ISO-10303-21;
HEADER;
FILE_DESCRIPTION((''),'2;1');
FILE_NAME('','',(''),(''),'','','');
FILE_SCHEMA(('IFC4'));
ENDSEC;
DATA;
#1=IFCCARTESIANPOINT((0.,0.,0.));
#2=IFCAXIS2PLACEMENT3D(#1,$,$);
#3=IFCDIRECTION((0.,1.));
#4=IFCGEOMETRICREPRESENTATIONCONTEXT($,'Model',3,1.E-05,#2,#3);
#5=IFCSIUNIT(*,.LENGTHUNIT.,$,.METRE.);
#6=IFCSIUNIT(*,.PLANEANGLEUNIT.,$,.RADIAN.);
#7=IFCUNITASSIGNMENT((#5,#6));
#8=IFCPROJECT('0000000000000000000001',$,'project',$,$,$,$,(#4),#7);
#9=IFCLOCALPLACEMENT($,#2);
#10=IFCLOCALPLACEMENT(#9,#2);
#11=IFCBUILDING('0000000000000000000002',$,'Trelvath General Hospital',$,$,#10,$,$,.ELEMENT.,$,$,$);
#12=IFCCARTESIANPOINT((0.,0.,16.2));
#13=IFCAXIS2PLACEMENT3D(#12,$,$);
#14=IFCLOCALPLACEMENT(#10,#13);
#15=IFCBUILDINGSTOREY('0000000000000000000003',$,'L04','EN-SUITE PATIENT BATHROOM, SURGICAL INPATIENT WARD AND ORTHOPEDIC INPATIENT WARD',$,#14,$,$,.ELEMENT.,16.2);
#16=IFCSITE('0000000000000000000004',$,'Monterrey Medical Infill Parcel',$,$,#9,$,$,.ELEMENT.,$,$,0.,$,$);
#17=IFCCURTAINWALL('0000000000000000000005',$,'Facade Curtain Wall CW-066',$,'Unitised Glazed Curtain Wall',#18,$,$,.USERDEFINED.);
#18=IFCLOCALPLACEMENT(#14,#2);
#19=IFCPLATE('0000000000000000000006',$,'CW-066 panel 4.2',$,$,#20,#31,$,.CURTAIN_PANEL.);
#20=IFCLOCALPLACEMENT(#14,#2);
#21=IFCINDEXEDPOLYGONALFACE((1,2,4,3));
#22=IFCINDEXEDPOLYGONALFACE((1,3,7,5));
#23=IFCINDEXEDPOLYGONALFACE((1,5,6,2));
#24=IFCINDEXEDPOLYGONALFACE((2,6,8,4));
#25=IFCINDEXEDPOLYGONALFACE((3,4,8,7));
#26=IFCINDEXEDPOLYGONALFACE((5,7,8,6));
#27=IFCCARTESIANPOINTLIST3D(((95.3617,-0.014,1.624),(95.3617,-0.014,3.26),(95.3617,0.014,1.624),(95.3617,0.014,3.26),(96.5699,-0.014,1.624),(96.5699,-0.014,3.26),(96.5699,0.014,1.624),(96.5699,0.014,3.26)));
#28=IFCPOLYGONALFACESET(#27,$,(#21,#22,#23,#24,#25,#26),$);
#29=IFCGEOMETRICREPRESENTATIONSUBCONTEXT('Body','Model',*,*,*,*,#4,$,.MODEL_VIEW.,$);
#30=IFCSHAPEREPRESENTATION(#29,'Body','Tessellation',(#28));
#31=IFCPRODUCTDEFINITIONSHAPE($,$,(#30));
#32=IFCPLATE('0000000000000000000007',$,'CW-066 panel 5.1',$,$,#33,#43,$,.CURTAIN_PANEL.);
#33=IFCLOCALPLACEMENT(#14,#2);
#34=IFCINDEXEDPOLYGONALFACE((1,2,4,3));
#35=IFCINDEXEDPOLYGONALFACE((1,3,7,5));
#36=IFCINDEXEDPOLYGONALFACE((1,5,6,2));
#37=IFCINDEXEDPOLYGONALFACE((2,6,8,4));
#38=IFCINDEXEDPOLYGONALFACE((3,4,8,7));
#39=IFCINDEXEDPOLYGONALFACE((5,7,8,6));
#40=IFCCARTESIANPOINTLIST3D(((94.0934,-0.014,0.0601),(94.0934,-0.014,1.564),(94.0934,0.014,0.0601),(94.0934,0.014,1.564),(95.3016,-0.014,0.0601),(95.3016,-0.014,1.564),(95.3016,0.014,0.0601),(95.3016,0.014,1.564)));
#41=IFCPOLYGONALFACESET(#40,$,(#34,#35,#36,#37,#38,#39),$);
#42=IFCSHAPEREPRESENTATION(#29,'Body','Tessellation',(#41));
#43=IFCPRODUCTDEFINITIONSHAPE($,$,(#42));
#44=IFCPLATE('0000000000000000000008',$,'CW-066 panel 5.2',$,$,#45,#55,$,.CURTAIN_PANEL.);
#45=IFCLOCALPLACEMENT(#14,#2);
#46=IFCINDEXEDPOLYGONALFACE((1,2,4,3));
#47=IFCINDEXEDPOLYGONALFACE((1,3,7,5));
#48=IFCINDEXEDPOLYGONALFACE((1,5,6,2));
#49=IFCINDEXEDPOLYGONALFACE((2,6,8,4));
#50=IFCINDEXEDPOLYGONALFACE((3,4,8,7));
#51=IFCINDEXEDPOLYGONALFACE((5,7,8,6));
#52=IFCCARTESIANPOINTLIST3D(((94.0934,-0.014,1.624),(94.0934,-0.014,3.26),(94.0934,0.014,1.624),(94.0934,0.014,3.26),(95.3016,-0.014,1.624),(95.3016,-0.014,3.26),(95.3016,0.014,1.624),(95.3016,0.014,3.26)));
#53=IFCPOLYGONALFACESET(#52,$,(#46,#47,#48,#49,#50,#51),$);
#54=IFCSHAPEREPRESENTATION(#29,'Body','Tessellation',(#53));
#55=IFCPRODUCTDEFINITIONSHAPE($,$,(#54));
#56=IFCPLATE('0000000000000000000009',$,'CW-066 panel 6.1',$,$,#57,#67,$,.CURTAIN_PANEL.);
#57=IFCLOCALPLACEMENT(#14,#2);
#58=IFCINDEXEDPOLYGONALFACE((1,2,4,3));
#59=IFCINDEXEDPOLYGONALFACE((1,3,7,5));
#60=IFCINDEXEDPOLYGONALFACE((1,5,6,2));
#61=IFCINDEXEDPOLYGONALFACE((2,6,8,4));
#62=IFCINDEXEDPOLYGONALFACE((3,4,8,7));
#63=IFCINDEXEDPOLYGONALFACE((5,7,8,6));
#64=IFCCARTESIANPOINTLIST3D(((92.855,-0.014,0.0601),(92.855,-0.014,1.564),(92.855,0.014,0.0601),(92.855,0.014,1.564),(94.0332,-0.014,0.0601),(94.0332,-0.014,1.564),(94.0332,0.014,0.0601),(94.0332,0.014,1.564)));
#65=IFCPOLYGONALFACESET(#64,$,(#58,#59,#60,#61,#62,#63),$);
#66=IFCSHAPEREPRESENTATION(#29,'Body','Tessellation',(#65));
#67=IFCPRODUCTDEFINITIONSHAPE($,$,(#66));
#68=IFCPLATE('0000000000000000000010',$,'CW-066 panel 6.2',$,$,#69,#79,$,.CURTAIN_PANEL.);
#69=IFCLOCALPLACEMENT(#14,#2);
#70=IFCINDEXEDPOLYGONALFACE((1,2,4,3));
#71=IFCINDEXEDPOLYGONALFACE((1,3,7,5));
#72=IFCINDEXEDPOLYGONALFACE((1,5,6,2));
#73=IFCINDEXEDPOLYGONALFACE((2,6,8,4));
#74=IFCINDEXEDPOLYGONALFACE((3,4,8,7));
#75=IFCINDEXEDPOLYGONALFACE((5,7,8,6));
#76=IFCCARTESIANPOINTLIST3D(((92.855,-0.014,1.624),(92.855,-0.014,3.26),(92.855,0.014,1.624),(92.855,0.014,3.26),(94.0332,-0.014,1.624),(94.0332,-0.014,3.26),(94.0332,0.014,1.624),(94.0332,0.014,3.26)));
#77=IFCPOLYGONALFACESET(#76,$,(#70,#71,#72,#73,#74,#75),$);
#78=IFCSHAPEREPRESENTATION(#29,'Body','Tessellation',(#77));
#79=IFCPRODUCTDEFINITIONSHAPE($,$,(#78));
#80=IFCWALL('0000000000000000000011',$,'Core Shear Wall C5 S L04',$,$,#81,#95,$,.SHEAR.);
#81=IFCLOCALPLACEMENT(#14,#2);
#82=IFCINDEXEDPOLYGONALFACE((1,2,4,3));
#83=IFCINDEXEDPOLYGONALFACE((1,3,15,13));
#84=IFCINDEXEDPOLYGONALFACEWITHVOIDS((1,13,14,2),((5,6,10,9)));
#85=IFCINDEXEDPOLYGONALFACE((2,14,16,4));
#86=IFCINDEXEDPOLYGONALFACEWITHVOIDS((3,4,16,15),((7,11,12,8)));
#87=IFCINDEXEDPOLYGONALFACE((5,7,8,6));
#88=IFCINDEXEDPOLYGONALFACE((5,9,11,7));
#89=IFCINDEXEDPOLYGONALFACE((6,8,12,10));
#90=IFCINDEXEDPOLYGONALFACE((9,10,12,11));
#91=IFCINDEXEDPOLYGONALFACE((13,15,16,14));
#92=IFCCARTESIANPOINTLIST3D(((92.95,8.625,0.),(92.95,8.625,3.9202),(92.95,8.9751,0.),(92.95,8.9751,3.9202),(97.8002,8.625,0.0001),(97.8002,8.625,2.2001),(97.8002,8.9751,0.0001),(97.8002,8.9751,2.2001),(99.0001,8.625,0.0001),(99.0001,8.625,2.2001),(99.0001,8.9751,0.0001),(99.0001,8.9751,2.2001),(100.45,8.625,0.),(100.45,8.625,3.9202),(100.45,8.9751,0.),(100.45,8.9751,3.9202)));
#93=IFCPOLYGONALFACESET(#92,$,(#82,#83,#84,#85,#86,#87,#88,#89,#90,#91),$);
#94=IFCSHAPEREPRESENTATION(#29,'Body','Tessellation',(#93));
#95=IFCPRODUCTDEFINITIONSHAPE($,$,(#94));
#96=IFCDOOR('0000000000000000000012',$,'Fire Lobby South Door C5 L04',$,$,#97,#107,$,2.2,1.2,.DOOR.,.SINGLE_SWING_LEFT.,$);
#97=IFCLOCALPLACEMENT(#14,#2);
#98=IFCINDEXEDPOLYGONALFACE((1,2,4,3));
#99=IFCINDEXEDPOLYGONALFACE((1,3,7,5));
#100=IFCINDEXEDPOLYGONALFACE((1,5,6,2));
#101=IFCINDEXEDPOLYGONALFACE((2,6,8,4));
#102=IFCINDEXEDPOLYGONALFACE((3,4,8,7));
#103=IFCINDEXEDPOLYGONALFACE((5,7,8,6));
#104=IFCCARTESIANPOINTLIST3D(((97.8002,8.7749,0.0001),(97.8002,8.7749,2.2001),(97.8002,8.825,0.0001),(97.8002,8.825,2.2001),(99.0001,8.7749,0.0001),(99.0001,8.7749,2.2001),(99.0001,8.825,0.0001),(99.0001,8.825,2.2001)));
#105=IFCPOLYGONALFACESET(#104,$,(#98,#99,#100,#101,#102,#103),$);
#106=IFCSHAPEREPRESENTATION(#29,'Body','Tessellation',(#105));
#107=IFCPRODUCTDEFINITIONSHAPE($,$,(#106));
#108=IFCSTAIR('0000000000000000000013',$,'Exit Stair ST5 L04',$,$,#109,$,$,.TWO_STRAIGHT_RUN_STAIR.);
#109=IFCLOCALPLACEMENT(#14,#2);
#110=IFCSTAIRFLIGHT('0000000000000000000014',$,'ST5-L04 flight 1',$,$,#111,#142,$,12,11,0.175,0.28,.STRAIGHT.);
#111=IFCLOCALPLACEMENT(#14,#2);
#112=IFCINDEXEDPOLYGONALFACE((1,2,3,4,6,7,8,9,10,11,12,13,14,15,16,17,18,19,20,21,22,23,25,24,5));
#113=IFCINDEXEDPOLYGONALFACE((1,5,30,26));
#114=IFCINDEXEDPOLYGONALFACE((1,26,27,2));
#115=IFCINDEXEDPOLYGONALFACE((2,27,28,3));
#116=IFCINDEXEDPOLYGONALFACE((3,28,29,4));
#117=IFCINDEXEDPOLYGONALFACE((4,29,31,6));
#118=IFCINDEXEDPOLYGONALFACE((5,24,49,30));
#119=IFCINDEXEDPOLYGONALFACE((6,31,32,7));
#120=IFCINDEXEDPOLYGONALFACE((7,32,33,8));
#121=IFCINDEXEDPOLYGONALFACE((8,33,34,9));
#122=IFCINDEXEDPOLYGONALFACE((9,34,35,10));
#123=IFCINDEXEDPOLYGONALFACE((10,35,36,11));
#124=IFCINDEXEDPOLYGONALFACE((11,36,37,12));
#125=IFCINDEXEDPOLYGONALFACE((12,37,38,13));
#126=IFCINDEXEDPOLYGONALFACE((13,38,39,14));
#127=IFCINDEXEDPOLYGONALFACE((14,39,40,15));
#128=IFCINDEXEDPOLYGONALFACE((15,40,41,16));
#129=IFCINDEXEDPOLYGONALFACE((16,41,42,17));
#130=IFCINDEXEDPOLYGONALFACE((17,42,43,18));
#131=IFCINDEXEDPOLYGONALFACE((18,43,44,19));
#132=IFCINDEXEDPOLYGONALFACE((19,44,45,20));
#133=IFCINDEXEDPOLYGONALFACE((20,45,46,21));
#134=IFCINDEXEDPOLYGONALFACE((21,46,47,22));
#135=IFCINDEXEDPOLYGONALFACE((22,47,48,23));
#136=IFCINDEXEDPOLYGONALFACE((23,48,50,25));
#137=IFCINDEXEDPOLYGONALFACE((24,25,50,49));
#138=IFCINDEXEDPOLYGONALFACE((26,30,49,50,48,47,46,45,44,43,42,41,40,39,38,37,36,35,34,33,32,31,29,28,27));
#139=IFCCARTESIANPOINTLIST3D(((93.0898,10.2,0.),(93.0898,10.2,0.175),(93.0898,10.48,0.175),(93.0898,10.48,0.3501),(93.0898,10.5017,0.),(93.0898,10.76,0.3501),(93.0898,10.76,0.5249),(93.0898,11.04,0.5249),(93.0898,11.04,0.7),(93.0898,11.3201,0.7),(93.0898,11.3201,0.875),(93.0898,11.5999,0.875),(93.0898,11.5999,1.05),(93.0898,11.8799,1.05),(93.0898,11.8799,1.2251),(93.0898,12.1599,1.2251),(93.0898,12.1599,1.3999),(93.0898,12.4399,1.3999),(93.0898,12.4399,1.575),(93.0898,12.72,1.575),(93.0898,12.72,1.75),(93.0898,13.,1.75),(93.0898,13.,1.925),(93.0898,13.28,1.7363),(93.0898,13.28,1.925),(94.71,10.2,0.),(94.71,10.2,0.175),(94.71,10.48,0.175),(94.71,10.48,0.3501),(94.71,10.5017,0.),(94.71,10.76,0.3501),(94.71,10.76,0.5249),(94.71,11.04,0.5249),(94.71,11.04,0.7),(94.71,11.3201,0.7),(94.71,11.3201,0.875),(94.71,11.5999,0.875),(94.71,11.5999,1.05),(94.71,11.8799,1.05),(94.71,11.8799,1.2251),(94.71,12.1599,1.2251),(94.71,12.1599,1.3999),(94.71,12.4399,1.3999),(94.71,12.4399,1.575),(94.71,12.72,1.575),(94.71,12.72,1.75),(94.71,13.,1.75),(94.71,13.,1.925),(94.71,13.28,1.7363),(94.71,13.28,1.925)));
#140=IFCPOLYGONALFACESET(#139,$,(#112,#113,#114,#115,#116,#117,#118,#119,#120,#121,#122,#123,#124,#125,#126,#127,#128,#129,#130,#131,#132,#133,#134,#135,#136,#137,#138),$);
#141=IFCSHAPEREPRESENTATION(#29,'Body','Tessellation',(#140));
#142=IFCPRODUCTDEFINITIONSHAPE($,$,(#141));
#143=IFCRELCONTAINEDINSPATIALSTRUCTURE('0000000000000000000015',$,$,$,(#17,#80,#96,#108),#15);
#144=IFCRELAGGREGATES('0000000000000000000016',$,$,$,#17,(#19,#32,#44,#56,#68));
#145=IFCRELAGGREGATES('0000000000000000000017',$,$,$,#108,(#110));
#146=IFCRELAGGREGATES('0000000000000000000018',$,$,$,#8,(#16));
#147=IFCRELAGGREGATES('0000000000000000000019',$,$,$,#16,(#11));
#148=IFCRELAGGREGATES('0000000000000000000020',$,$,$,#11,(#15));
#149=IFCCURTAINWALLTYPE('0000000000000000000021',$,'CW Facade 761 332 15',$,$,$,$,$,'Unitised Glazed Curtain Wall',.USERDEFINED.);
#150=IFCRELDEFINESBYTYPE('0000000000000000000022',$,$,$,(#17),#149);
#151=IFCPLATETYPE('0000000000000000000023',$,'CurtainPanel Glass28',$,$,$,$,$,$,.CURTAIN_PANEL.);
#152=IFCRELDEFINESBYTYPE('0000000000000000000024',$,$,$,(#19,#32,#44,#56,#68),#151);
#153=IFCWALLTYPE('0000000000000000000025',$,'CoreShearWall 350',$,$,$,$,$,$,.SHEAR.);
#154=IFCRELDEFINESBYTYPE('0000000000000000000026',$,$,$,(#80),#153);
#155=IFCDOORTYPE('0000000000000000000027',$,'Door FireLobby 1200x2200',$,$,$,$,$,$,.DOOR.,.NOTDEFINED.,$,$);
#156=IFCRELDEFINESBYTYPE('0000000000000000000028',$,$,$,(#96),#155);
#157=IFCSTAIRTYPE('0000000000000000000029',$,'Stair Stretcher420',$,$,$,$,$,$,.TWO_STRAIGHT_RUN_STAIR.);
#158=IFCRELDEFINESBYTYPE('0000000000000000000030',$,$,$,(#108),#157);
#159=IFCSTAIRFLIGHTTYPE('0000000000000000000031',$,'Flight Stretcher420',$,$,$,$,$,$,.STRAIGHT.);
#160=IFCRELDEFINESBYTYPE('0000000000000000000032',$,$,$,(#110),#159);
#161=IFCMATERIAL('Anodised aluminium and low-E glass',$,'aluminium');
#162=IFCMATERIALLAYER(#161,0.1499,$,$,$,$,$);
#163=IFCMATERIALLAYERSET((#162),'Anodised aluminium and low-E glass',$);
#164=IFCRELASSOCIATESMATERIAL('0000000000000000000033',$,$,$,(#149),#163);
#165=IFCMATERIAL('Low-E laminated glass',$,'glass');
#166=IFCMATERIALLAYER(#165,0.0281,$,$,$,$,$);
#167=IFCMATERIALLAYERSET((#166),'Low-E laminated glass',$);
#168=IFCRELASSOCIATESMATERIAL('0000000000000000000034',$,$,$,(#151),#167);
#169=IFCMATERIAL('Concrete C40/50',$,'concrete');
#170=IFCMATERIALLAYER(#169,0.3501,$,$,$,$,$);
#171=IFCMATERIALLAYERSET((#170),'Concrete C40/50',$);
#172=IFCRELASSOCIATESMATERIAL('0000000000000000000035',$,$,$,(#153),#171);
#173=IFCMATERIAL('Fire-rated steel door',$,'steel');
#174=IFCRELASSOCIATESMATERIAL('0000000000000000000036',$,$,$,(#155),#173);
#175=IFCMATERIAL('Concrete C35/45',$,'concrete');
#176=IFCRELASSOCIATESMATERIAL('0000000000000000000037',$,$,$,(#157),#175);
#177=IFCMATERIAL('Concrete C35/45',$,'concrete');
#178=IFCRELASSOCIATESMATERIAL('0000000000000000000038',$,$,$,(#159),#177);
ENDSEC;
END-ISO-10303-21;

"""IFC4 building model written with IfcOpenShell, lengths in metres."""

from ifc_helpers import new_model, si_unit, direction, frame, frame_2d, origin, origin_2d, place, context, subcontext, project, spatial, polyline, rectangle, outline, extrude, material, layer, layer_set, type_object, element, fill, aggregate, save


model = new_model("IFC4")

# Units and contexts
model_context = context("Model", 3, precision=1e-05, world=origin(), true_north=direction((0.0, 1.0)))
body_context = subcontext(model_context, "Body", "Model", "MODEL_VIEW")
ifc_project = project(units=[si_unit("LENGTHUNIT", "METRE"), si_unit("PLANEANGLEUNIT", "RADIAN")], contexts=[model_context])

# Site, building, storey
site_placement = place(None, origin())
site = spatial("IfcSite", under=ifc_project, at=site_placement, Name="Monterrey Medical Infill Parcel", CompositionType="ELEMENT", RefElevation=0.0)
building_placement = place(site_placement, origin())
building = spatial("IfcBuilding", under=site, at=building_placement, Name="Trelvath General Hospital", CompositionType="ELEMENT")
storey_placement = place(building_placement, frame((0.0, 0.0, 16.2)))
storey = spatial("IfcBuildingStorey", under=building, at=storey_placement, Name="L04", Description="EN-SUITE PATIENT BATHROOM, SURGICAL INPATIENT WARD AND ORTHOPEDIC INPATIENT WARD", CompositionType="ELEMENT", Elevation=16.2)

# Curtain wall, plates
ifc_material_1 = material(Name="Anodised aluminium and low-E glass", Category="aluminium")
ifc_layer_1 = layer(ifc_material_1, 0.1499)
ifc_layer_set_1 = layer_set([ifc_layer_1], Name="Anodised aluminium and low-E glass")
curtain_wall_type = type_object("IfcCurtainWallType", Name="CW Facade 761 332 15", ElementType="Unitised Glazed Curtain Wall", PredefinedType="USERDEFINED", material=ifc_layer_set_1)
curtain_wall_placement = place(storey_placement, origin())
curtain_wall = element("IfcCurtainWall", 1, at=curtain_wall_placement, inside=storey, type_object=curtain_wall_type, Name="Facade Curtain Wall CW-066", ObjectType="Unitised Glazed Curtain Wall", PredefinedType="USERDEFINED")
ifc_material_2 = material(Name="Low-E laminated glass", Category="glass")
ifc_layer_2 = layer(ifc_material_2, 0.0281)
ifc_layer_set_2 = layer_set([ifc_layer_2], Name="Low-E laminated glass")
plate_type = type_object("IfcPlateType", Name="CurtainPanel Glass28", PredefinedType="CURTAIN_PANEL", material=ifc_layer_set_2)
plate_1_placement = place(storey_placement, frame((95.9658, 0.0, 1.624), z_axis=(0.0, 0.0, 1.0), x_axis=(-1.0, 0.0, 0.0)))
plate_1 = element("IfcPlate", 2, at=plate_1_placement, type_object=plate_type, Name="CW-066 panel 4.2", PredefinedType="CURTAIN_PANEL", context=body_context, shape_type="SweptSolid", body=[
    extrude(rectangle(XDim=1.2083, YDim=0.0281, at=origin_2d()), origin(), (0.0, 0.0, 1.0), 1.636),
])
plate_2_placement = place(storey_placement, frame((94.6975, 0.0, 0.0601), z_axis=(0.0, 0.0, 1.0), x_axis=(-1.0, 0.0, 0.0)))
plate_2 = element("IfcPlate", 3, at=plate_2_placement, type_object=plate_type, Name="CW-066 panel 5.1", PredefinedType="CURTAIN_PANEL", context=body_context, shape_type="SweptSolid", body=[
    extrude(rectangle(XDim=1.2083, YDim=0.0281, at=origin_2d()), origin(), (0.0, 0.0, 1.0), 1.5039),
])
plate_3_placement = place(storey_placement, frame((94.6975, 0.0, 1.624), z_axis=(0.0, 0.0, 1.0), x_axis=(-1.0, 0.0, 0.0)))
plate_3 = element("IfcPlate", 4, at=plate_3_placement, type_object=plate_type, Name="CW-066 panel 5.2", PredefinedType="CURTAIN_PANEL", context=body_context, shape_type="SweptSolid", body=[
    extrude(rectangle(XDim=1.2083, YDim=0.0281, at=origin_2d()), origin(), (0.0, 0.0, 1.0), 1.636),
])
plate_4_placement = place(storey_placement, frame((93.4441, 0.0, 0.0601), z_axis=(0.0, 0.0, 1.0), x_axis=(-1.0, 0.0, 0.0)))
plate_4 = element("IfcPlate", 5, at=plate_4_placement, type_object=plate_type, Name="CW-066 panel 6.1", PredefinedType="CURTAIN_PANEL", context=body_context, shape_type="SweptSolid", body=[
    extrude(rectangle(XDim=1.1782, YDim=0.0281, at=origin_2d()), origin(), (0.0, 0.0, 1.0), 1.5039),
])
plate_5_placement = place(storey_placement, frame((93.4441, 0.0, 1.624), z_axis=(0.0, 0.0, 1.0), x_axis=(-1.0, 0.0, 0.0)))
plate_5 = element("IfcPlate", 6, at=plate_5_placement, type_object=plate_type, Name="CW-066 panel 6.2", PredefinedType="CURTAIN_PANEL", context=body_context, shape_type="SweptSolid", body=[
    extrude(rectangle(XDim=1.1782, YDim=0.0281, at=origin_2d()), origin(), (0.0, 0.0, 1.0), 1.636),
])
aggregate(curtain_wall, [plate_1, plate_2, plate_3, plate_4, plate_5])

# Wall, opening, door
ifc_material_3 = material(Name="Concrete C40/50", Category="concrete")
ifc_layer_3 = layer(ifc_material_3, 0.3501)
ifc_layer_set_3 = layer_set([ifc_layer_3], Name="Concrete C40/50")
wall_type = type_object("IfcWallType", Name="CoreShearWall 350", PredefinedType="SHEAR", material=ifc_layer_set_3)
wall_1_placement = place(storey_placement, frame((92.95, 8.8, 0.0), z_axis=(0.0, 0.0, 1.0), x_axis=(1.0, 0.0, 0.0)))
wall_1 = element("IfcWall", 7, at=wall_1_placement, inside=storey, type_object=wall_type, Name="Core Shear Wall C5 S L04", PredefinedType="SHEAR", context=body_context, shape_type="SweptSolid", body=[
    extrude(rectangle(XDim=7.5, YDim=0.3501, at=frame_2d((3.75, 0.0))), origin(), (0.0, 0.0, 1.0), 3.9202),
])
opening_1_placement = place(wall_1_placement, frame((4.8501, 0.0, 0.0)))
opening_1 = element("IfcOpeningElement", 8, at=opening_1_placement, cuts=wall_1, PredefinedType="OPENING", context=body_context, shape_type="SweptSolid", body=[
    extrude(rectangle(XDim=1.2, YDim=2.2, at=frame_2d((0.6001, 1.1001))), frame((0.0, 0.1851, 0.0), z_axis=(0.0, -1.0, 0.0), x_axis=(1.0, 0.0, 0.0)), (0.0, 0.0, 1.0), 0.3701),
])
ifc_material_4 = material(Name="Fire-rated steel door", Category="steel")
door_type_1 = type_object("IfcDoorType", Name="Door FireLobby 1200x2200", OperationType="NOTDEFINED", PredefinedType="DOOR", material=ifc_material_4)
door_1_placement = place(opening_1_placement, origin())
door_1 = element("IfcDoor", 9, at=door_1_placement, inside=storey, type_object=door_type_1, Name="Fire Lobby South Door C5 L04", OperationType="SINGLE_SWING_LEFT", OverallHeight=2.2, OverallWidth=1.2, PredefinedType="DOOR", context=body_context, shape_type="SweptSolid", body=[
    extrude(rectangle(XDim=1.2, YDim=2.2, at=frame_2d((0.6001, 1.1001))), frame((0.0, 0.0249, 0.0), z_axis=(0.0, -1.0, 0.0), x_axis=(1.0, 0.0, 0.0)), (0.0, 0.0, 1.0), 0.05),
])
fill(opening_1, door_1)

# Stair, stair flight
ifc_material_5 = material(Name="Concrete C35/45", Category="concrete")
stair_type = type_object("IfcStairType", Name="Stair Stretcher420", PredefinedType="TWO_STRAIGHT_RUN_STAIR", material=ifc_material_5)
stair_placement = place(storey_placement, origin())
stair = element("IfcStair", 10, at=stair_placement, inside=storey, type_object=stair_type, Name="Exit Stair ST5 L04", PredefinedType="TWO_STRAIGHT_RUN_STAIR")
ifc_material_6 = material(Name="Concrete C35/45", Category="concrete")
stair_flight_type = type_object("IfcStairFlightType", Name="Flight Stretcher420", PredefinedType="STRAIGHT", material=ifc_material_6)
stair_flight_placement = place(storey_placement, frame((93.8999, 10.2, 0.0), z_axis=(0.0, 0.0, 1.0), x_axis=(0.0, 1.0, 0.0)))
stair_flight = element("IfcStairFlight", 11, at=stair_flight_placement, type_object=stair_flight_type, Name="ST5-L04 flight 1", NumberOfRisers=12, NumberOfTreads=11, PredefinedType="STRAIGHT", RiserHeight=0.175, TreadLength=0.28, context=body_context, shape_type="SweptSolid", body=[
    extrude(outline(polyline([(0.0, 0.0), (0.0, 0.175), (0.28, 0.175), (0.28, 0.3501), (0.5601, 0.3501), (0.5601, 0.5249), (0.8401, 0.5249), (0.8401, 0.7), (1.1201, 0.7), (1.1201, 0.875), (1.3999, 0.875), (1.3999, 1.05), (1.6799, 1.05), (1.6799, 1.2251), (1.96, 1.2251), (1.96, 1.3999), (2.24, 1.3999), (2.24, 1.575), (2.52, 1.575), (2.52, 1.75), (2.8, 1.75), (2.8, 1.925), (3.0801, 1.925), (3.0801, 2.1001), (3.0801, 1.7363), (0.3018, 0.0), (0.0, 0.0)])), frame((0.0, 0.8101, 0.0), z_axis=(0.0, -1.0, 0.0), x_axis=(1.0, 0.0, 0.0)), (0.0, 0.0, 1.0), 1.6201),
])
aggregate(stair, [stair_flight])

save(model, "model.ifc")
